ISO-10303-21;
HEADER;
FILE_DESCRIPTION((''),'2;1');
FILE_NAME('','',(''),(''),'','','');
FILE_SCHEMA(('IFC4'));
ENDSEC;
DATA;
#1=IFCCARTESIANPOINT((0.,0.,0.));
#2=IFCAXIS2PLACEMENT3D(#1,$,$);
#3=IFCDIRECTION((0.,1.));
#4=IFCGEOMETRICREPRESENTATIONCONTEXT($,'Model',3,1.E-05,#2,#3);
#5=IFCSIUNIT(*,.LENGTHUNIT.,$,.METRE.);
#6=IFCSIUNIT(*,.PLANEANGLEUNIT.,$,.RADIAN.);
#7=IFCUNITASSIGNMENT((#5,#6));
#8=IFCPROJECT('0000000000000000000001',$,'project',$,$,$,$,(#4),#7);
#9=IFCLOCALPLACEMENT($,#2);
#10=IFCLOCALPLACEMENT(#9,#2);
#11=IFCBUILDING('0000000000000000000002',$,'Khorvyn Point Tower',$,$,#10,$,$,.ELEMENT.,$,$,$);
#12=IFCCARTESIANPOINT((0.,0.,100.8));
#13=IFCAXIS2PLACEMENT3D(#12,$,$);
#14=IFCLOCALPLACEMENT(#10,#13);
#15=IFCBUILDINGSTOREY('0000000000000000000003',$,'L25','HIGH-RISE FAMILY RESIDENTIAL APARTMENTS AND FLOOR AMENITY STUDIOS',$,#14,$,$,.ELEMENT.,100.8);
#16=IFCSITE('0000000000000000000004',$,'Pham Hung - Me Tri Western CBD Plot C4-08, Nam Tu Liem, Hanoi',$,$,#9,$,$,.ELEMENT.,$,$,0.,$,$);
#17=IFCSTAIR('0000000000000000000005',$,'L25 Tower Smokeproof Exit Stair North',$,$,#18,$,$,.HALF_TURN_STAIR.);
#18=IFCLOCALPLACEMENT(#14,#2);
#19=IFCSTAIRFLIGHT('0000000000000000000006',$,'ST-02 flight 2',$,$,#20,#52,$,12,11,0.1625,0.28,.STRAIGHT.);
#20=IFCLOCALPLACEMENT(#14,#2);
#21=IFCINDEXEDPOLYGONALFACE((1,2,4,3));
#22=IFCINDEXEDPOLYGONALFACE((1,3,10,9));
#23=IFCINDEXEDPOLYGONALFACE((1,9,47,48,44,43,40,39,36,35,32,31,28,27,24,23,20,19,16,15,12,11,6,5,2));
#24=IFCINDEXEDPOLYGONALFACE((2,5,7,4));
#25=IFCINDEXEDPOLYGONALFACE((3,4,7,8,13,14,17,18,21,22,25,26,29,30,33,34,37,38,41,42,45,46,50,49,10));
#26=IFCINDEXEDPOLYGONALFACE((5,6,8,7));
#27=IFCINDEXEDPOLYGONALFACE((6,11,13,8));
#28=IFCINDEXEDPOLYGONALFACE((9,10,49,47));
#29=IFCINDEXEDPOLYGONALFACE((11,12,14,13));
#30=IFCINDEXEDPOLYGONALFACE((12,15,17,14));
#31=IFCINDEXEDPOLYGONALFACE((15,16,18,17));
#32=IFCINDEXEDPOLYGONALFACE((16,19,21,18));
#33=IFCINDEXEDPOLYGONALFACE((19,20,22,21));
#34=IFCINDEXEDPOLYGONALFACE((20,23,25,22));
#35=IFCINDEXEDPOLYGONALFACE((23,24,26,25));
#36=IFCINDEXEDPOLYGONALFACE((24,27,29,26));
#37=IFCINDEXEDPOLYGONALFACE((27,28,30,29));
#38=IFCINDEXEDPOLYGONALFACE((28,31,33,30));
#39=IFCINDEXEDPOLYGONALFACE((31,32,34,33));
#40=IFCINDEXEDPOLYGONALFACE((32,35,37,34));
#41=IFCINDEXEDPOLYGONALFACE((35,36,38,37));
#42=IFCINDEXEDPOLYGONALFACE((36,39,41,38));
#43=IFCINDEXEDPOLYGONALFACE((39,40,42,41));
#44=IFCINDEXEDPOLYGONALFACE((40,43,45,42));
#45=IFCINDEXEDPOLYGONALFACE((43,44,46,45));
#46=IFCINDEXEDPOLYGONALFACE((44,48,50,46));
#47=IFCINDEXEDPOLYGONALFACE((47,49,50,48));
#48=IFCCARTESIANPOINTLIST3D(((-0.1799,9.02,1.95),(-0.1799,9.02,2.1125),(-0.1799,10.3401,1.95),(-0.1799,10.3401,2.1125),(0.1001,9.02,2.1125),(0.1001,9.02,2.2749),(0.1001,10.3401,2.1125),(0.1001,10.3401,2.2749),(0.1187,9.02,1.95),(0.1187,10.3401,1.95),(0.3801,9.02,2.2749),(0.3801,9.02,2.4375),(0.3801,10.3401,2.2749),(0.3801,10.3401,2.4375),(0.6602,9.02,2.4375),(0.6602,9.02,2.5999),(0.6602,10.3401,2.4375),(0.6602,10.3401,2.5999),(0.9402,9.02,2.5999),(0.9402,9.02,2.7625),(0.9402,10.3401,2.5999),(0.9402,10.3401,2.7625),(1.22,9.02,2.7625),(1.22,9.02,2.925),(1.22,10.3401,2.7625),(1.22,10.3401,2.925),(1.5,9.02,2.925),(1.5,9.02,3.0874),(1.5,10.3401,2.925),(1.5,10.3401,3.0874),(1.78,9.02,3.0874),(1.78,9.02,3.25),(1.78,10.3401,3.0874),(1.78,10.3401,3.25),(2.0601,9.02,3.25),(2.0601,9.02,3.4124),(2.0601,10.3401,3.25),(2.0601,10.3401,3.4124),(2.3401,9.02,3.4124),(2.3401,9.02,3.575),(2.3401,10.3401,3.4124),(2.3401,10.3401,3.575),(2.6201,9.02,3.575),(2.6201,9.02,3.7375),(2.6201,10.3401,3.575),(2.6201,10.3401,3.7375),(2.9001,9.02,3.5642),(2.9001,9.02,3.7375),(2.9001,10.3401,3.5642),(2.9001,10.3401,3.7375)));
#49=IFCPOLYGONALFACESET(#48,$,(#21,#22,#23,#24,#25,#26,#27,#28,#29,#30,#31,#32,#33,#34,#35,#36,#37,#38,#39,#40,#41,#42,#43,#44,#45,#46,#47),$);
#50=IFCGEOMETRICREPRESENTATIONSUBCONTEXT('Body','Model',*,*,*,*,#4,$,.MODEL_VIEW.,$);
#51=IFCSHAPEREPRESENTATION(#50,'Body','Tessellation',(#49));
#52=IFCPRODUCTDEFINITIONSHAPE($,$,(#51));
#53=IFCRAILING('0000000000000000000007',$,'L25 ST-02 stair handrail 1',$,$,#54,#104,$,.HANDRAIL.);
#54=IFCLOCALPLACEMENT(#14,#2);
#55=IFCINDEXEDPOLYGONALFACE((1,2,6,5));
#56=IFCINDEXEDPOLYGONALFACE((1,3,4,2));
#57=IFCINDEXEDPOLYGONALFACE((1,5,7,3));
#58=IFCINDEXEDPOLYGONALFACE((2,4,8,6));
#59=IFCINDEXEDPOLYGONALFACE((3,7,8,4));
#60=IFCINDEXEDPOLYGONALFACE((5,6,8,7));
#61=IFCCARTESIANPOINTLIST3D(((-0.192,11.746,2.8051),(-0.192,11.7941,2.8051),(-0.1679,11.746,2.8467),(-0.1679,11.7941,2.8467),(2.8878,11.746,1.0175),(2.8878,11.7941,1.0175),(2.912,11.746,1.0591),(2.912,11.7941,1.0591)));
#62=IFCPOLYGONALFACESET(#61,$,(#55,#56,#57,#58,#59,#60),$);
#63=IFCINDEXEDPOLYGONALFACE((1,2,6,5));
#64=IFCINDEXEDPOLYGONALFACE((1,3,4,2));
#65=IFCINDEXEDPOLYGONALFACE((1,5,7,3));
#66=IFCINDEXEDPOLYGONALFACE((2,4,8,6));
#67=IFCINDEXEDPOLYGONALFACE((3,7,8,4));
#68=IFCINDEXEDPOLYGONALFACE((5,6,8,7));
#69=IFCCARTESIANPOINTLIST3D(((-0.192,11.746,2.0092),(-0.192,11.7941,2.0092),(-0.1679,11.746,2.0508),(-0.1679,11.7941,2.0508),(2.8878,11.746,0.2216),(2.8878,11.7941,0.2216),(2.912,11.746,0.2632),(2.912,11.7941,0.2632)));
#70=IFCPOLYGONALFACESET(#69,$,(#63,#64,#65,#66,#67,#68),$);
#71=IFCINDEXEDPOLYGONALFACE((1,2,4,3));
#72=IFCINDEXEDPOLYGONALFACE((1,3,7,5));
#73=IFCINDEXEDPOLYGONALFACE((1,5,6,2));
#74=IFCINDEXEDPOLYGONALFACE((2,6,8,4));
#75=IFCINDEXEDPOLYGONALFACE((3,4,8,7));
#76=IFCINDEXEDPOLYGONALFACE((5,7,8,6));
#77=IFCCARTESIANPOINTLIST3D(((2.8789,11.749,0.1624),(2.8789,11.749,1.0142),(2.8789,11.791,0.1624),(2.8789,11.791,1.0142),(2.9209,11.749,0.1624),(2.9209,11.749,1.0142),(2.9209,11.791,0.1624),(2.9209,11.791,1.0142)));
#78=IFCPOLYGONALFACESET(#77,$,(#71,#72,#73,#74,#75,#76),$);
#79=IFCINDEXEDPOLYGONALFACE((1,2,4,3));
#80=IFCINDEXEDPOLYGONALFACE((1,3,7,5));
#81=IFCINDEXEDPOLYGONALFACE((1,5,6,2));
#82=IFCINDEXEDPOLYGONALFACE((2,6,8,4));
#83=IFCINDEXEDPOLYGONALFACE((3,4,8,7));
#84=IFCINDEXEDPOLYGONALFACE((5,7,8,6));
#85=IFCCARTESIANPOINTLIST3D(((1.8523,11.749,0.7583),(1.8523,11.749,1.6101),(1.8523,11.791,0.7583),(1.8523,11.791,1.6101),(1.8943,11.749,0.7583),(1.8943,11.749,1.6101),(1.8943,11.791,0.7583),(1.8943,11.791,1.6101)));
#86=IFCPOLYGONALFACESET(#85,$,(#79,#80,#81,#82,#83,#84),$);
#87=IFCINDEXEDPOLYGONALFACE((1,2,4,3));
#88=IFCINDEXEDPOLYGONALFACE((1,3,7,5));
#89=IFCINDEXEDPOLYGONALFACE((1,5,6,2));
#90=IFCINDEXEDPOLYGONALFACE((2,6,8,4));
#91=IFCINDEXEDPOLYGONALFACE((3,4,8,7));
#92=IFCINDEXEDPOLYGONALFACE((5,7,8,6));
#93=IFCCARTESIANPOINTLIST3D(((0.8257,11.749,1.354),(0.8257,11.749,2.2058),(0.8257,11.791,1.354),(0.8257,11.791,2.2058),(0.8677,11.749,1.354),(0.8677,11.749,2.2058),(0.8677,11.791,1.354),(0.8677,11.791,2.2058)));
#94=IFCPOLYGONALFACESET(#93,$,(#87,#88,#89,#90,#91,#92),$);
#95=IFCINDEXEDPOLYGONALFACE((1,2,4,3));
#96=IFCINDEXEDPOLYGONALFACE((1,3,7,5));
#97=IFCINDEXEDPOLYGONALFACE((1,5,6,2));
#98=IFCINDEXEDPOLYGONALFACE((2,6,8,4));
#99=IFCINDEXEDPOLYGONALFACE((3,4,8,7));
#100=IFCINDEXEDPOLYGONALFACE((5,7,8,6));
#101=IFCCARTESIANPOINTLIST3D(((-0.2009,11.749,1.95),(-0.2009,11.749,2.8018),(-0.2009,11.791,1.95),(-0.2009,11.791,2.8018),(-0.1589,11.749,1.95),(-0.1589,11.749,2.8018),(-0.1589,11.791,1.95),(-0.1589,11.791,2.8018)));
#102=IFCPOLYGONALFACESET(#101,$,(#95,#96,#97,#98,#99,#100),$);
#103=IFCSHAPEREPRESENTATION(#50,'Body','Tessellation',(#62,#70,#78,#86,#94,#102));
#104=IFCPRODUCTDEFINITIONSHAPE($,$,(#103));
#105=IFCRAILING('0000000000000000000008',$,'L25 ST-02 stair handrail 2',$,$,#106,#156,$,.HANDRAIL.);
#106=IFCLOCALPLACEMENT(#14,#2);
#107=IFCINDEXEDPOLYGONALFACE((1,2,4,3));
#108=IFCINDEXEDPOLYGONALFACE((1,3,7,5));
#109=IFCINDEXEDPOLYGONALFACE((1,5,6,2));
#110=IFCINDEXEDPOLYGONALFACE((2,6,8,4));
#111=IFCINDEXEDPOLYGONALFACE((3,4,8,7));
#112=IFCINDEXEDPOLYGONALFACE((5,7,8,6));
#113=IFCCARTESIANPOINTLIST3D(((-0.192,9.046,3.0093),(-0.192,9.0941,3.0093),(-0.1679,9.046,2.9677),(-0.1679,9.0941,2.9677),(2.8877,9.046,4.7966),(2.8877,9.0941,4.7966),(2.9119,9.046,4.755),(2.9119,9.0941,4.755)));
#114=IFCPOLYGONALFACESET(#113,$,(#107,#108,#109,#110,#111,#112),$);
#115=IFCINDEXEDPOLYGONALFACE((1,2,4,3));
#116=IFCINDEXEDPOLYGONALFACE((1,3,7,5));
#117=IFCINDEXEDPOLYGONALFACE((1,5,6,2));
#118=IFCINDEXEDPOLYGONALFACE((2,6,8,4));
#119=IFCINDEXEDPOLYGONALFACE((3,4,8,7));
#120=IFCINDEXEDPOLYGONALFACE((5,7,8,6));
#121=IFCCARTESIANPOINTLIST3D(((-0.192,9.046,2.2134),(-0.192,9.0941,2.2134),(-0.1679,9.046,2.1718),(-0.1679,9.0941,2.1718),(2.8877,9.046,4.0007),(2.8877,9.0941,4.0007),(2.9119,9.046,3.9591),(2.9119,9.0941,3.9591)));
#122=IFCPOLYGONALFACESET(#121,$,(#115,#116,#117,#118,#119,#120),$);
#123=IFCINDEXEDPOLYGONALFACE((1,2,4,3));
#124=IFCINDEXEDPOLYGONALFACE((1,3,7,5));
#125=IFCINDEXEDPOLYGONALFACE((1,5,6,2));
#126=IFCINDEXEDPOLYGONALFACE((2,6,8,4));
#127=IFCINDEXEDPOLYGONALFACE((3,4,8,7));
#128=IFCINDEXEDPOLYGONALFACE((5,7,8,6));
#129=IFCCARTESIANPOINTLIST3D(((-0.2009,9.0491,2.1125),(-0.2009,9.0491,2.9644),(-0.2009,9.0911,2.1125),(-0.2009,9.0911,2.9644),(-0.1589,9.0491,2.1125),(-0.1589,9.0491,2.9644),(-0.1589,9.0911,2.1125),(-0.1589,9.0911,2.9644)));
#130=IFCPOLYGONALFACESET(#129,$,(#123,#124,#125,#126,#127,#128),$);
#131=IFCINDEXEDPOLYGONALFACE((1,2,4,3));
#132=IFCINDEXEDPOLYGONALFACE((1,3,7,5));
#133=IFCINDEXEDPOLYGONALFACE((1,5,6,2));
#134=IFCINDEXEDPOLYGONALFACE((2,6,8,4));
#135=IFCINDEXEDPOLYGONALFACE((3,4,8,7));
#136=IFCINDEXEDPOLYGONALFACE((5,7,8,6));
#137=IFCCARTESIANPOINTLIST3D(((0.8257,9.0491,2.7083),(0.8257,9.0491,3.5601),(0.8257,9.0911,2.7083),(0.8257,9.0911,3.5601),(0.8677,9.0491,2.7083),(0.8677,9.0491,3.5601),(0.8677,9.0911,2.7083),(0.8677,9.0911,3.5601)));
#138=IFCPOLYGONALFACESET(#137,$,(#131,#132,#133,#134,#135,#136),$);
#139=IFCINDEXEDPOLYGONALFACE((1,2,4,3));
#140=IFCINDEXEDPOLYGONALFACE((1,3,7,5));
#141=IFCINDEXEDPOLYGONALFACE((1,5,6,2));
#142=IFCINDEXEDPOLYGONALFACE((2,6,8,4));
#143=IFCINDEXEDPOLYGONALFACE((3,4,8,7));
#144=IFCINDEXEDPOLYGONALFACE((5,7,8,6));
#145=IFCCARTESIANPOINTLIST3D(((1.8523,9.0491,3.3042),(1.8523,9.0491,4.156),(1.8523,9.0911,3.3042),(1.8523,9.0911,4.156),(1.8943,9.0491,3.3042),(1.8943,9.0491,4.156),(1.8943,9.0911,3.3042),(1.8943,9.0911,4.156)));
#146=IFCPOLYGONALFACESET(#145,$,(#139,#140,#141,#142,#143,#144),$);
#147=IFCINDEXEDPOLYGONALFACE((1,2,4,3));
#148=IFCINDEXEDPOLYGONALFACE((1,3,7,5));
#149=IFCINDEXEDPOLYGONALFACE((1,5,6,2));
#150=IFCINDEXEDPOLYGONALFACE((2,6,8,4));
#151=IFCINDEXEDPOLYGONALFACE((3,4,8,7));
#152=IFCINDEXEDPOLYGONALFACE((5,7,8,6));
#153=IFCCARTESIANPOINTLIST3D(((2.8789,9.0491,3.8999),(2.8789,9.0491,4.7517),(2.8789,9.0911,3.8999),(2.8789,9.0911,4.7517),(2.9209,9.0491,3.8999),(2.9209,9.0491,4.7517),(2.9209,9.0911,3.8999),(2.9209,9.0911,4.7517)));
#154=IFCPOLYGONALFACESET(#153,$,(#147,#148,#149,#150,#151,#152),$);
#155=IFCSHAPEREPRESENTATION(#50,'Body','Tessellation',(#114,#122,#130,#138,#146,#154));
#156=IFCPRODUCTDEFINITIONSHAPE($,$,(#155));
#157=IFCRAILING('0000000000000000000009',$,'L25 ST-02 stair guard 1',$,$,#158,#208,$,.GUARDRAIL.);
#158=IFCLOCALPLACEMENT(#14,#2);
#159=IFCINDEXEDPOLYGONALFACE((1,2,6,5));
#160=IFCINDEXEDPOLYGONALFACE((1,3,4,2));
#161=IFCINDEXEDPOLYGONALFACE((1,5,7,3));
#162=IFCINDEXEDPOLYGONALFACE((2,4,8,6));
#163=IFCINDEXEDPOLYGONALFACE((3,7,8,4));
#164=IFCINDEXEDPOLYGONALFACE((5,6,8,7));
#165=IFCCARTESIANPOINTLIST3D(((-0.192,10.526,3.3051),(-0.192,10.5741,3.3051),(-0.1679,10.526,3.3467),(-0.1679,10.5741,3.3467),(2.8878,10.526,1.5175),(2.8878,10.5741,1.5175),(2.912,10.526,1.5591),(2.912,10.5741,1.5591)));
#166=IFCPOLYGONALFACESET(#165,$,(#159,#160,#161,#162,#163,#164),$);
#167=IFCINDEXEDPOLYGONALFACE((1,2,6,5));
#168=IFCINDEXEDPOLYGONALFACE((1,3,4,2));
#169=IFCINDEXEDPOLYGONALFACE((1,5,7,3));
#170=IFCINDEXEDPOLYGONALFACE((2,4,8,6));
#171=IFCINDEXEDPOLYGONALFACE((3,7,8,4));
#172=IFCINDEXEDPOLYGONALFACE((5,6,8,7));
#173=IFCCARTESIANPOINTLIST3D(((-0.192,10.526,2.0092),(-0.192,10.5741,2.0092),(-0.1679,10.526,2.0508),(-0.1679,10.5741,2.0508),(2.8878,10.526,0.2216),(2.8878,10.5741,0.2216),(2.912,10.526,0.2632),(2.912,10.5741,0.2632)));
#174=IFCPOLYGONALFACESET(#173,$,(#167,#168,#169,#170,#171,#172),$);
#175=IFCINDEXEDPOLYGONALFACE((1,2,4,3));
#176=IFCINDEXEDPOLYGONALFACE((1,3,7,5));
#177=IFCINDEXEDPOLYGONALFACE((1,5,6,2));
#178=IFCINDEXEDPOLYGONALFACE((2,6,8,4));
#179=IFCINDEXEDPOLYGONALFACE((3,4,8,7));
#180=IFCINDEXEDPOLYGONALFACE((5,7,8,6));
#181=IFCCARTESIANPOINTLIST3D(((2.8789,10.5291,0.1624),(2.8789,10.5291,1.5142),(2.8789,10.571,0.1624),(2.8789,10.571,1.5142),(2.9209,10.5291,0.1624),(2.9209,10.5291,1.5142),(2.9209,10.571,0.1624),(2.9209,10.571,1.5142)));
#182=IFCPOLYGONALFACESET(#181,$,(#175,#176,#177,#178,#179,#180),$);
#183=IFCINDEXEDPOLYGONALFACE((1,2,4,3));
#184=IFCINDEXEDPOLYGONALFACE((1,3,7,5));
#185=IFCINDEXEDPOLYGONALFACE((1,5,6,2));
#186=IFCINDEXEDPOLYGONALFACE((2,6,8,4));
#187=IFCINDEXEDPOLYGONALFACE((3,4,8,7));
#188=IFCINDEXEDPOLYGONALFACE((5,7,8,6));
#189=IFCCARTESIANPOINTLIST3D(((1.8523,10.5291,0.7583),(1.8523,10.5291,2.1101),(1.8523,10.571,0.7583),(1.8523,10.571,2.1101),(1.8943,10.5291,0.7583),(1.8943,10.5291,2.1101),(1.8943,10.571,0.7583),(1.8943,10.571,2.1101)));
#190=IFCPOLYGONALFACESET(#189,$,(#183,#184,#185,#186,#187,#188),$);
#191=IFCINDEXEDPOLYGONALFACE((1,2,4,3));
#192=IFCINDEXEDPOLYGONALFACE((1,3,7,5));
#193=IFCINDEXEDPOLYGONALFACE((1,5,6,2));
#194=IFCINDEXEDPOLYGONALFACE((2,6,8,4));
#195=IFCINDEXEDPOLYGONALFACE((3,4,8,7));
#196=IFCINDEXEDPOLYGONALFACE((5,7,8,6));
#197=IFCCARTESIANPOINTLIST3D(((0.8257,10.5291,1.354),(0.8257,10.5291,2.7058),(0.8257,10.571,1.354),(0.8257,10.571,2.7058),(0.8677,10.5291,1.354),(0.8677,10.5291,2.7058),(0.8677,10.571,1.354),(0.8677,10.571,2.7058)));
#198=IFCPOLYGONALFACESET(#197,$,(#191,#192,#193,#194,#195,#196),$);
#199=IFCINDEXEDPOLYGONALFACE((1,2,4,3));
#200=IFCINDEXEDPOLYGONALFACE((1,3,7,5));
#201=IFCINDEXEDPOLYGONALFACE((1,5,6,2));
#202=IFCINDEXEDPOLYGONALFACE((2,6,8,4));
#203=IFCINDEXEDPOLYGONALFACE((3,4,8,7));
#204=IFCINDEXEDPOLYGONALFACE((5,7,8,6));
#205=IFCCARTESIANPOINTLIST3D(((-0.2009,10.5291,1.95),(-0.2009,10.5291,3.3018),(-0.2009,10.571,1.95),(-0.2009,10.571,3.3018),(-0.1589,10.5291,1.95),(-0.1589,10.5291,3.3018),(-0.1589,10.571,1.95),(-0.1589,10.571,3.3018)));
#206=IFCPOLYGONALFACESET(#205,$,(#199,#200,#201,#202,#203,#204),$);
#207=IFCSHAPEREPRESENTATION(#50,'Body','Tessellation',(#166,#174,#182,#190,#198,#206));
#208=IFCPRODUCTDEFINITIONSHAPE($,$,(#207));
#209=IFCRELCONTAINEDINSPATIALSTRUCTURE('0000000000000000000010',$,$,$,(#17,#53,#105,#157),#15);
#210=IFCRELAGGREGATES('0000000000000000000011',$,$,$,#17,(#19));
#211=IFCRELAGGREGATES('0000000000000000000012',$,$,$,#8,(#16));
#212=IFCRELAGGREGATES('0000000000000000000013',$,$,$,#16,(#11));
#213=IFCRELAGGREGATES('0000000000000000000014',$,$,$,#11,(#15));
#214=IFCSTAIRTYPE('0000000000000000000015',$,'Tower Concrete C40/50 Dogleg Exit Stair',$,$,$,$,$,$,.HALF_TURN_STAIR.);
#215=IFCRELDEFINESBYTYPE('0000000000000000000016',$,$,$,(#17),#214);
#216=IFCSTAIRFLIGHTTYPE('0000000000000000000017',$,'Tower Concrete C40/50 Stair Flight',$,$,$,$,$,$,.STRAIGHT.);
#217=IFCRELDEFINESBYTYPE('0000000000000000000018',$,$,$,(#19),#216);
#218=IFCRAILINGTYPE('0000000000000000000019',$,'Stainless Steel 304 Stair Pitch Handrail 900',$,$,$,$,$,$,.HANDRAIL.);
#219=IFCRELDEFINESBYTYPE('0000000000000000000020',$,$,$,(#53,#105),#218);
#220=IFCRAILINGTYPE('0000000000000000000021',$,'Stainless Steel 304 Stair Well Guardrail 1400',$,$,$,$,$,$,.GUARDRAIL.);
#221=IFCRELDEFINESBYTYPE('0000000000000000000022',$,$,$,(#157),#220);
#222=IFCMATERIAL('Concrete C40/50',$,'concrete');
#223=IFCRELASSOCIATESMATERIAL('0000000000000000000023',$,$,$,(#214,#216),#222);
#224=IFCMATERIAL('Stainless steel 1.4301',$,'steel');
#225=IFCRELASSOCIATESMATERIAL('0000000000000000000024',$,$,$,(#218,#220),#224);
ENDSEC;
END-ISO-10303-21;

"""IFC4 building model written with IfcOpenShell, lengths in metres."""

from ifc_helpers import new_model, si_unit, direction, frame, origin, origin_2d, place, context, subcontext, project, spatial, polyline, rectangle, outline, extrude, material, type_object, element, aggregate, save


model = new_model("IFC4")

# Units and contexts
model_context = context("Model", 3, precision=1e-05, world=origin(), true_north=direction((0.0, 1.0)))
body_context = subcontext(model_context, "Body", "Model", "MODEL_VIEW")
ifc_project = project(units=[si_unit("LENGTHUNIT", "METRE"), si_unit("PLANEANGLEUNIT", "RADIAN")], contexts=[model_context])

# Site, building, storey
site_placement = place(None, origin())
site = spatial("IfcSite", under=ifc_project, at=site_placement, Name="Pham Hung - Me Tri Western CBD Plot C4-08, Nam Tu Liem, Hanoi", CompositionType="ELEMENT", RefElevation=0.0)
building_placement = place(site_placement, origin())
building = spatial("IfcBuilding", under=site, at=building_placement, Name="Khorvyn Point Tower", CompositionType="ELEMENT")
storey_placement = place(building_placement, frame((0.0, 0.0, 100.8)))
storey = spatial("IfcBuildingStorey", under=building, at=storey_placement, Name="L25", Description="HIGH-RISE FAMILY RESIDENTIAL APARTMENTS AND FLOOR AMENITY STUDIOS", CompositionType="ELEMENT", Elevation=100.8)

# Shared definitions
ifc_material_1 = material(Name="Concrete C40/50", Category="concrete")

# Shared definitions
ifc_material_2 = material(Name="Stainless steel 1.4301", Category="steel")

# Stair, stair flight
stair_type = type_object("IfcStairType", Name="Tower Concrete C40/50 Dogleg Exit Stair", PredefinedType="HALF_TURN_STAIR", material=ifc_material_1)
stair_placement = place(storey_placement, origin())
stair = element("IfcStair", 1, at=stair_placement, inside=storey, type_object=stair_type, Name="L25 Tower Smokeproof Exit Stair North", PredefinedType="HALF_TURN_STAIR")
stair_flight_type = type_object("IfcStairFlightType", Name="Tower Concrete C40/50 Stair Flight", PredefinedType="STRAIGHT", material=ifc_material_1)
stair_flight_1_placement = place(storey_placement, frame((-0.1799, 9.6799, 1.95), z_axis=(0.0, 0.0, 1.0), x_axis=(1.0, 0.0, 0.0)))
stair_flight_1 = element("IfcStairFlight", 2, at=stair_flight_1_placement, type_object=stair_flight_type, Name="ST-02 flight 2", NumberOfRisers=12, NumberOfTreads=11, PredefinedType="STRAIGHT", RiserHeight=0.1625, TreadLength=0.28, context=body_context, shape_type="SweptSolid", body=[
    extrude(outline(polyline([(0.0, 0.0), (0.0, 0.1626), (0.28, 0.1626), (0.28, 0.325), (0.5601, 0.325), (0.5601, 0.4875), (0.8401, 0.4875), (0.8401, 0.6499), (1.1201, 0.6499), (1.1201, 0.8125), (1.3999, 0.8125), (1.3999, 0.9751), (1.6799, 0.9751), (1.6799, 1.1375), (1.96, 1.1375), (1.96, 1.3), (2.24, 1.3), (2.24, 1.4624), (2.52, 1.4624), (2.52, 1.625), (2.8, 1.625), (2.8, 1.7876), (3.0801, 1.7876), (3.0801, 1.95), (3.0801, 1.6143), (0.2986, 0.0), (0.0, 0.0)])), frame((0.0, 0.6602, 0.0), z_axis=(0.0, -1.0, 0.0), x_axis=(1.0, 0.0, 0.0)), (0.0, 0.0, 1.0), 1.3201),
])
aggregate(stair, [stair_flight_1])

# Railings
railing_type_1 = type_object("IfcRailingType", Name="Stainless Steel 304 Stair Pitch Handrail 900", PredefinedType="HANDRAIL", material=ifc_material_2)
railing_1_placement = place(storey_placement, frame((2.8999, 11.77, 0.1624)))
element("IfcRailing", 3, at=railing_1_placement, inside=storey, type_object=railing_type_1, Name="L25 ST-02 stair handrail 1", PredefinedType="HANDRAIL", context=body_context, shape_type="SweptSolid", body=[
    extrude(rectangle(XDim=0.0481, YDim=0.0481, at=origin_2d()), frame((0.0, 0.0, 0.876), z_axis=(-0.864873, 0.0, 0.50199), x_axis=(0.0, -1.0, 0.0)), (0.0, 0.0, 1.0), 3.561),
    extrude(rectangle(XDim=0.0481, YDim=0.0481, at=origin_2d()), frame((0.0, 0.0, 0.0801), z_axis=(-0.864873, 0.0, 0.50199), x_axis=(0.0, -1.0, 0.0)), (0.0, 0.0, 1.0), 3.561),
    extrude(rectangle(XDim=0.042, YDim=0.042, at=origin_2d()), origin(), (0.0, 0.0, 1.0), 0.8518),
    extrude(rectangle(XDim=0.042, YDim=0.042, at=origin_2d()), frame((-1.0266, 0.0, 0.5959)), (0.0, 0.0, 1.0), 0.8518),
    extrude(rectangle(XDim=0.042, YDim=0.042, at=origin_2d()), frame((-2.0532, 0.0, 1.1917)), (0.0, 0.0, 1.0), 0.8518),
    extrude(rectangle(XDim=0.042, YDim=0.042, at=origin_2d()), frame((-3.0798, 0.0, 1.7876)), (0.0, 0.0, 1.0), 0.8518),
])
railing_2_placement = place(storey_placement, frame((-0.1799, 9.0701, 2.1125)))
element("IfcRailing", 4, at=railing_2_placement, inside=storey, type_object=railing_type_1, Name="L25 ST-02 stair handrail 2", PredefinedType="HANDRAIL", context=body_context, shape_type="SweptSolid", body=[
    extrude(rectangle(XDim=0.0481, YDim=0.0481, at=origin_2d()), frame((0.0, 0.0, 0.876), z_axis=(0.864903, 0.0, 0.501939), x_axis=(0.0, 1.0, 0.0)), (0.0, 0.0, 1.0), 3.5608),
    extrude(rectangle(XDim=0.0481, YDim=0.0481, at=origin_2d()), frame((0.0, 0.0, 0.0801), z_axis=(0.864903, 0.0, 0.501939), x_axis=(0.0, 1.0, 0.0)), (0.0, 0.0, 1.0), 3.5608),
    extrude(rectangle(XDim=0.042, YDim=0.042, at=origin_2d()), origin(), (0.0, 0.0, 1.0), 0.8518),
    extrude(rectangle(XDim=0.042, YDim=0.042, at=origin_2d()), frame((1.0266, 0.0, 0.5957)), (0.0, 0.0, 1.0), 0.8518),
    extrude(rectangle(XDim=0.042, YDim=0.042, at=origin_2d()), frame((2.0532, 0.0, 1.1917)), (0.0, 0.0, 1.0), 0.8518),
    extrude(rectangle(XDim=0.042, YDim=0.042, at=origin_2d()), frame((3.0798, 0.0, 1.7874)), (0.0, 0.0, 1.0), 0.8518),
])
railing_type_2 = type_object("IfcRailingType", Name="Stainless Steel 304 Stair Well Guardrail 1400", PredefinedType="GUARDRAIL", material=ifc_material_2)
railing_3_placement = place(storey_placement, frame((2.8999, 10.55, 0.1624)))
element("IfcRailing", 5, at=railing_3_placement, inside=storey, type_object=railing_type_2, Name="L25 ST-02 stair guard 1", PredefinedType="GUARDRAIL", context=body_context, shape_type="SweptSolid", body=[
    extrude(rectangle(XDim=0.0481, YDim=0.0481, at=origin_2d()), frame((0.0, 0.0, 1.376), z_axis=(-0.864873, 0.0, 0.50199), x_axis=(0.0, -1.0, 0.0)), (0.0, 0.0, 1.0), 3.561),
    extrude(rectangle(XDim=0.0481, YDim=0.0481, at=origin_2d()), frame((0.0, 0.0, 0.0801), z_axis=(-0.864873, 0.0, 0.50199), x_axis=(0.0, -1.0, 0.0)), (0.0, 0.0, 1.0), 3.561),
    extrude(rectangle(XDim=0.042, YDim=0.042, at=origin_2d()), origin(), (0.0, 0.0, 1.0), 1.3518),
    extrude(rectangle(XDim=0.042, YDim=0.042, at=origin_2d()), frame((-1.0266, 0.0, 0.5959)), (0.0, 0.0, 1.0), 1.3518),
    extrude(rectangle(XDim=0.042, YDim=0.042, at=origin_2d()), frame((-2.0532, 0.0, 1.1917)), (0.0, 0.0, 1.0), 1.3518),
    extrude(rectangle(XDim=0.042, YDim=0.042, at=origin_2d()), frame((-3.0798, 0.0, 1.7876)), (0.0, 0.0, 1.0), 1.3518),
])

save(model, "model.ifc")
